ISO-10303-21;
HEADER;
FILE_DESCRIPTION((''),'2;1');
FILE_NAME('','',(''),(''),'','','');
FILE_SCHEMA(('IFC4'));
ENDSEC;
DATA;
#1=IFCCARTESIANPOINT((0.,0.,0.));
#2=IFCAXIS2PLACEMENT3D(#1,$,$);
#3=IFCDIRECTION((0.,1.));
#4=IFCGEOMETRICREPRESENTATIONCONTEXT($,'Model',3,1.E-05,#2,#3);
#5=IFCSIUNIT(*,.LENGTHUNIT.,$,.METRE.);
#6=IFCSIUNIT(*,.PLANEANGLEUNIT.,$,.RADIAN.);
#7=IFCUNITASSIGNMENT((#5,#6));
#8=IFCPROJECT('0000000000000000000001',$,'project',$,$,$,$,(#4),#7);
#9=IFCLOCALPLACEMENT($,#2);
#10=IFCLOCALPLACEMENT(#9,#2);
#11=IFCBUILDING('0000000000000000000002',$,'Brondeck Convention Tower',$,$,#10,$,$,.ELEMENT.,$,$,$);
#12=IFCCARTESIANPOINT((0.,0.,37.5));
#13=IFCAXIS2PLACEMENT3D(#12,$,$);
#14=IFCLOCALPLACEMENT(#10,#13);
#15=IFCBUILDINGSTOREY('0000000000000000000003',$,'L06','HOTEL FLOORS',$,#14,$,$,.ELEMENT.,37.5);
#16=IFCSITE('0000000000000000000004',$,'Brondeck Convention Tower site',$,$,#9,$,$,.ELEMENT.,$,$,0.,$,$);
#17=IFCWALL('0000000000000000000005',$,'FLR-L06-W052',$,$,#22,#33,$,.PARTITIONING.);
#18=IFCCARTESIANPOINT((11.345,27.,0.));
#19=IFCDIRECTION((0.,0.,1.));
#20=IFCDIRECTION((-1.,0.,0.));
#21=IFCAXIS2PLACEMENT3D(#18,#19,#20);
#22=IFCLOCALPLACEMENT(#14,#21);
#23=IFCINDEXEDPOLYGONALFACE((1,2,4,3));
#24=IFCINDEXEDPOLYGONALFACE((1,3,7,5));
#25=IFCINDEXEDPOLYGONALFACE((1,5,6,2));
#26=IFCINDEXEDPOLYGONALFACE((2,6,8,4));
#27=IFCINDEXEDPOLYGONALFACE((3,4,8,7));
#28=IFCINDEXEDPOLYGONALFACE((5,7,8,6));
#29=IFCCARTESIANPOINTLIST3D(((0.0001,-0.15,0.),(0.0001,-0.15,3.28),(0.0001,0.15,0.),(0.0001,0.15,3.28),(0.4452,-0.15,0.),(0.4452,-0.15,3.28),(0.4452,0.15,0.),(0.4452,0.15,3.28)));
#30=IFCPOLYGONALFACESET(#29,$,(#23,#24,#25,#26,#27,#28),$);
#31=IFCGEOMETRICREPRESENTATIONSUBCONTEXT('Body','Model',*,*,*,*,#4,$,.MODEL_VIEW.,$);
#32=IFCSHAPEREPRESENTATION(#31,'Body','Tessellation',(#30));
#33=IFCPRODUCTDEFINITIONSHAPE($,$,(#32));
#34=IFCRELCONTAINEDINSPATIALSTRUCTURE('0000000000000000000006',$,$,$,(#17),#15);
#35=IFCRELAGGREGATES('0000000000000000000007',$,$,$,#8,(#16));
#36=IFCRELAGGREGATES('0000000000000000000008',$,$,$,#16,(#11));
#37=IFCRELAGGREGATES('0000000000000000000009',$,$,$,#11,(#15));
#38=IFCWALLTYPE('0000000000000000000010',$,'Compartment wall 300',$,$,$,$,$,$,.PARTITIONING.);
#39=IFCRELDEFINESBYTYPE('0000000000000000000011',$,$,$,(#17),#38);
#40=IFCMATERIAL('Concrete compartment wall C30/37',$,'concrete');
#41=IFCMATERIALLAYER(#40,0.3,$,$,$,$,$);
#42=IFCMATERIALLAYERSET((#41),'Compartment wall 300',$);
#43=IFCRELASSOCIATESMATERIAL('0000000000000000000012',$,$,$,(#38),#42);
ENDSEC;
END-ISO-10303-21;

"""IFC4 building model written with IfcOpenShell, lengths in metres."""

from ifc_helpers import new_model, si_unit, direction, frame, frame_2d, origin, place, context, subcontext, project, spatial, rectangle, extrude, material, layer, layer_set, type_object, element, save


model = new_model("IFC4")

# Units and contexts
model_context = context("Model", 3, precision=1e-05, world=origin(), true_north=direction((0.0, 1.0)))
body_context = subcontext(model_context, "Body", "Model", "MODEL_VIEW")
ifc_project = project(units=[si_unit("LENGTHUNIT", "METRE"), si_unit("PLANEANGLEUNIT", "RADIAN")], contexts=[model_context])

# Site, building, storey
site_placement = place(None, origin())
site = spatial("IfcSite", under=ifc_project, at=site_placement, Name="Brondeck Convention Tower site", CompositionType="ELEMENT", RefElevation=0.0)
building_placement = place(site_placement, origin())
building = spatial("IfcBuilding", under=site, at=building_placement, Name="Brondeck Convention Tower", CompositionType="ELEMENT")
storey_placement = place(building_placement, frame((0.0, 0.0, 37.5)))
storey = spatial("IfcBuildingStorey", under=building, at=storey_placement, Name="L06", Description="HOTEL FLOORS", CompositionType="ELEMENT", Elevation=37.5)

# Wall
ifc_material_1 = material(Name="Concrete compartment wall C30/37", Category="concrete")
ifc_layer_1 = layer(ifc_material_1, 0.3)
ifc_layer_set_1 = layer_set([ifc_layer_1], Name="Compartment wall 300")
wall_type_1 = type_object("IfcWallType", Name="Compartment wall 300", PredefinedType="PARTITIONING", material=ifc_layer_set_1)
wall_1_placement = place(storey_placement, frame((11.345, 27.0, 0.0), z_axis=(0.0, 0.0, 1.0), x_axis=(-1.0, 0.0, 0.0)))
element("IfcWall", 1, at=wall_1_placement, inside=storey, type_object=wall_type_1, Name="FLR-L06-W052", PredefinedType="PARTITIONING", context=body_context, shape_type="SweptSolid", body=[
    extrude(rectangle(XDim=0.4451, YDim=0.3, at=frame_2d((0.2227, 0.0))), origin(), (0.0, 0.0, 1.0), 3.28),
])

save(model, "model.ifc")
